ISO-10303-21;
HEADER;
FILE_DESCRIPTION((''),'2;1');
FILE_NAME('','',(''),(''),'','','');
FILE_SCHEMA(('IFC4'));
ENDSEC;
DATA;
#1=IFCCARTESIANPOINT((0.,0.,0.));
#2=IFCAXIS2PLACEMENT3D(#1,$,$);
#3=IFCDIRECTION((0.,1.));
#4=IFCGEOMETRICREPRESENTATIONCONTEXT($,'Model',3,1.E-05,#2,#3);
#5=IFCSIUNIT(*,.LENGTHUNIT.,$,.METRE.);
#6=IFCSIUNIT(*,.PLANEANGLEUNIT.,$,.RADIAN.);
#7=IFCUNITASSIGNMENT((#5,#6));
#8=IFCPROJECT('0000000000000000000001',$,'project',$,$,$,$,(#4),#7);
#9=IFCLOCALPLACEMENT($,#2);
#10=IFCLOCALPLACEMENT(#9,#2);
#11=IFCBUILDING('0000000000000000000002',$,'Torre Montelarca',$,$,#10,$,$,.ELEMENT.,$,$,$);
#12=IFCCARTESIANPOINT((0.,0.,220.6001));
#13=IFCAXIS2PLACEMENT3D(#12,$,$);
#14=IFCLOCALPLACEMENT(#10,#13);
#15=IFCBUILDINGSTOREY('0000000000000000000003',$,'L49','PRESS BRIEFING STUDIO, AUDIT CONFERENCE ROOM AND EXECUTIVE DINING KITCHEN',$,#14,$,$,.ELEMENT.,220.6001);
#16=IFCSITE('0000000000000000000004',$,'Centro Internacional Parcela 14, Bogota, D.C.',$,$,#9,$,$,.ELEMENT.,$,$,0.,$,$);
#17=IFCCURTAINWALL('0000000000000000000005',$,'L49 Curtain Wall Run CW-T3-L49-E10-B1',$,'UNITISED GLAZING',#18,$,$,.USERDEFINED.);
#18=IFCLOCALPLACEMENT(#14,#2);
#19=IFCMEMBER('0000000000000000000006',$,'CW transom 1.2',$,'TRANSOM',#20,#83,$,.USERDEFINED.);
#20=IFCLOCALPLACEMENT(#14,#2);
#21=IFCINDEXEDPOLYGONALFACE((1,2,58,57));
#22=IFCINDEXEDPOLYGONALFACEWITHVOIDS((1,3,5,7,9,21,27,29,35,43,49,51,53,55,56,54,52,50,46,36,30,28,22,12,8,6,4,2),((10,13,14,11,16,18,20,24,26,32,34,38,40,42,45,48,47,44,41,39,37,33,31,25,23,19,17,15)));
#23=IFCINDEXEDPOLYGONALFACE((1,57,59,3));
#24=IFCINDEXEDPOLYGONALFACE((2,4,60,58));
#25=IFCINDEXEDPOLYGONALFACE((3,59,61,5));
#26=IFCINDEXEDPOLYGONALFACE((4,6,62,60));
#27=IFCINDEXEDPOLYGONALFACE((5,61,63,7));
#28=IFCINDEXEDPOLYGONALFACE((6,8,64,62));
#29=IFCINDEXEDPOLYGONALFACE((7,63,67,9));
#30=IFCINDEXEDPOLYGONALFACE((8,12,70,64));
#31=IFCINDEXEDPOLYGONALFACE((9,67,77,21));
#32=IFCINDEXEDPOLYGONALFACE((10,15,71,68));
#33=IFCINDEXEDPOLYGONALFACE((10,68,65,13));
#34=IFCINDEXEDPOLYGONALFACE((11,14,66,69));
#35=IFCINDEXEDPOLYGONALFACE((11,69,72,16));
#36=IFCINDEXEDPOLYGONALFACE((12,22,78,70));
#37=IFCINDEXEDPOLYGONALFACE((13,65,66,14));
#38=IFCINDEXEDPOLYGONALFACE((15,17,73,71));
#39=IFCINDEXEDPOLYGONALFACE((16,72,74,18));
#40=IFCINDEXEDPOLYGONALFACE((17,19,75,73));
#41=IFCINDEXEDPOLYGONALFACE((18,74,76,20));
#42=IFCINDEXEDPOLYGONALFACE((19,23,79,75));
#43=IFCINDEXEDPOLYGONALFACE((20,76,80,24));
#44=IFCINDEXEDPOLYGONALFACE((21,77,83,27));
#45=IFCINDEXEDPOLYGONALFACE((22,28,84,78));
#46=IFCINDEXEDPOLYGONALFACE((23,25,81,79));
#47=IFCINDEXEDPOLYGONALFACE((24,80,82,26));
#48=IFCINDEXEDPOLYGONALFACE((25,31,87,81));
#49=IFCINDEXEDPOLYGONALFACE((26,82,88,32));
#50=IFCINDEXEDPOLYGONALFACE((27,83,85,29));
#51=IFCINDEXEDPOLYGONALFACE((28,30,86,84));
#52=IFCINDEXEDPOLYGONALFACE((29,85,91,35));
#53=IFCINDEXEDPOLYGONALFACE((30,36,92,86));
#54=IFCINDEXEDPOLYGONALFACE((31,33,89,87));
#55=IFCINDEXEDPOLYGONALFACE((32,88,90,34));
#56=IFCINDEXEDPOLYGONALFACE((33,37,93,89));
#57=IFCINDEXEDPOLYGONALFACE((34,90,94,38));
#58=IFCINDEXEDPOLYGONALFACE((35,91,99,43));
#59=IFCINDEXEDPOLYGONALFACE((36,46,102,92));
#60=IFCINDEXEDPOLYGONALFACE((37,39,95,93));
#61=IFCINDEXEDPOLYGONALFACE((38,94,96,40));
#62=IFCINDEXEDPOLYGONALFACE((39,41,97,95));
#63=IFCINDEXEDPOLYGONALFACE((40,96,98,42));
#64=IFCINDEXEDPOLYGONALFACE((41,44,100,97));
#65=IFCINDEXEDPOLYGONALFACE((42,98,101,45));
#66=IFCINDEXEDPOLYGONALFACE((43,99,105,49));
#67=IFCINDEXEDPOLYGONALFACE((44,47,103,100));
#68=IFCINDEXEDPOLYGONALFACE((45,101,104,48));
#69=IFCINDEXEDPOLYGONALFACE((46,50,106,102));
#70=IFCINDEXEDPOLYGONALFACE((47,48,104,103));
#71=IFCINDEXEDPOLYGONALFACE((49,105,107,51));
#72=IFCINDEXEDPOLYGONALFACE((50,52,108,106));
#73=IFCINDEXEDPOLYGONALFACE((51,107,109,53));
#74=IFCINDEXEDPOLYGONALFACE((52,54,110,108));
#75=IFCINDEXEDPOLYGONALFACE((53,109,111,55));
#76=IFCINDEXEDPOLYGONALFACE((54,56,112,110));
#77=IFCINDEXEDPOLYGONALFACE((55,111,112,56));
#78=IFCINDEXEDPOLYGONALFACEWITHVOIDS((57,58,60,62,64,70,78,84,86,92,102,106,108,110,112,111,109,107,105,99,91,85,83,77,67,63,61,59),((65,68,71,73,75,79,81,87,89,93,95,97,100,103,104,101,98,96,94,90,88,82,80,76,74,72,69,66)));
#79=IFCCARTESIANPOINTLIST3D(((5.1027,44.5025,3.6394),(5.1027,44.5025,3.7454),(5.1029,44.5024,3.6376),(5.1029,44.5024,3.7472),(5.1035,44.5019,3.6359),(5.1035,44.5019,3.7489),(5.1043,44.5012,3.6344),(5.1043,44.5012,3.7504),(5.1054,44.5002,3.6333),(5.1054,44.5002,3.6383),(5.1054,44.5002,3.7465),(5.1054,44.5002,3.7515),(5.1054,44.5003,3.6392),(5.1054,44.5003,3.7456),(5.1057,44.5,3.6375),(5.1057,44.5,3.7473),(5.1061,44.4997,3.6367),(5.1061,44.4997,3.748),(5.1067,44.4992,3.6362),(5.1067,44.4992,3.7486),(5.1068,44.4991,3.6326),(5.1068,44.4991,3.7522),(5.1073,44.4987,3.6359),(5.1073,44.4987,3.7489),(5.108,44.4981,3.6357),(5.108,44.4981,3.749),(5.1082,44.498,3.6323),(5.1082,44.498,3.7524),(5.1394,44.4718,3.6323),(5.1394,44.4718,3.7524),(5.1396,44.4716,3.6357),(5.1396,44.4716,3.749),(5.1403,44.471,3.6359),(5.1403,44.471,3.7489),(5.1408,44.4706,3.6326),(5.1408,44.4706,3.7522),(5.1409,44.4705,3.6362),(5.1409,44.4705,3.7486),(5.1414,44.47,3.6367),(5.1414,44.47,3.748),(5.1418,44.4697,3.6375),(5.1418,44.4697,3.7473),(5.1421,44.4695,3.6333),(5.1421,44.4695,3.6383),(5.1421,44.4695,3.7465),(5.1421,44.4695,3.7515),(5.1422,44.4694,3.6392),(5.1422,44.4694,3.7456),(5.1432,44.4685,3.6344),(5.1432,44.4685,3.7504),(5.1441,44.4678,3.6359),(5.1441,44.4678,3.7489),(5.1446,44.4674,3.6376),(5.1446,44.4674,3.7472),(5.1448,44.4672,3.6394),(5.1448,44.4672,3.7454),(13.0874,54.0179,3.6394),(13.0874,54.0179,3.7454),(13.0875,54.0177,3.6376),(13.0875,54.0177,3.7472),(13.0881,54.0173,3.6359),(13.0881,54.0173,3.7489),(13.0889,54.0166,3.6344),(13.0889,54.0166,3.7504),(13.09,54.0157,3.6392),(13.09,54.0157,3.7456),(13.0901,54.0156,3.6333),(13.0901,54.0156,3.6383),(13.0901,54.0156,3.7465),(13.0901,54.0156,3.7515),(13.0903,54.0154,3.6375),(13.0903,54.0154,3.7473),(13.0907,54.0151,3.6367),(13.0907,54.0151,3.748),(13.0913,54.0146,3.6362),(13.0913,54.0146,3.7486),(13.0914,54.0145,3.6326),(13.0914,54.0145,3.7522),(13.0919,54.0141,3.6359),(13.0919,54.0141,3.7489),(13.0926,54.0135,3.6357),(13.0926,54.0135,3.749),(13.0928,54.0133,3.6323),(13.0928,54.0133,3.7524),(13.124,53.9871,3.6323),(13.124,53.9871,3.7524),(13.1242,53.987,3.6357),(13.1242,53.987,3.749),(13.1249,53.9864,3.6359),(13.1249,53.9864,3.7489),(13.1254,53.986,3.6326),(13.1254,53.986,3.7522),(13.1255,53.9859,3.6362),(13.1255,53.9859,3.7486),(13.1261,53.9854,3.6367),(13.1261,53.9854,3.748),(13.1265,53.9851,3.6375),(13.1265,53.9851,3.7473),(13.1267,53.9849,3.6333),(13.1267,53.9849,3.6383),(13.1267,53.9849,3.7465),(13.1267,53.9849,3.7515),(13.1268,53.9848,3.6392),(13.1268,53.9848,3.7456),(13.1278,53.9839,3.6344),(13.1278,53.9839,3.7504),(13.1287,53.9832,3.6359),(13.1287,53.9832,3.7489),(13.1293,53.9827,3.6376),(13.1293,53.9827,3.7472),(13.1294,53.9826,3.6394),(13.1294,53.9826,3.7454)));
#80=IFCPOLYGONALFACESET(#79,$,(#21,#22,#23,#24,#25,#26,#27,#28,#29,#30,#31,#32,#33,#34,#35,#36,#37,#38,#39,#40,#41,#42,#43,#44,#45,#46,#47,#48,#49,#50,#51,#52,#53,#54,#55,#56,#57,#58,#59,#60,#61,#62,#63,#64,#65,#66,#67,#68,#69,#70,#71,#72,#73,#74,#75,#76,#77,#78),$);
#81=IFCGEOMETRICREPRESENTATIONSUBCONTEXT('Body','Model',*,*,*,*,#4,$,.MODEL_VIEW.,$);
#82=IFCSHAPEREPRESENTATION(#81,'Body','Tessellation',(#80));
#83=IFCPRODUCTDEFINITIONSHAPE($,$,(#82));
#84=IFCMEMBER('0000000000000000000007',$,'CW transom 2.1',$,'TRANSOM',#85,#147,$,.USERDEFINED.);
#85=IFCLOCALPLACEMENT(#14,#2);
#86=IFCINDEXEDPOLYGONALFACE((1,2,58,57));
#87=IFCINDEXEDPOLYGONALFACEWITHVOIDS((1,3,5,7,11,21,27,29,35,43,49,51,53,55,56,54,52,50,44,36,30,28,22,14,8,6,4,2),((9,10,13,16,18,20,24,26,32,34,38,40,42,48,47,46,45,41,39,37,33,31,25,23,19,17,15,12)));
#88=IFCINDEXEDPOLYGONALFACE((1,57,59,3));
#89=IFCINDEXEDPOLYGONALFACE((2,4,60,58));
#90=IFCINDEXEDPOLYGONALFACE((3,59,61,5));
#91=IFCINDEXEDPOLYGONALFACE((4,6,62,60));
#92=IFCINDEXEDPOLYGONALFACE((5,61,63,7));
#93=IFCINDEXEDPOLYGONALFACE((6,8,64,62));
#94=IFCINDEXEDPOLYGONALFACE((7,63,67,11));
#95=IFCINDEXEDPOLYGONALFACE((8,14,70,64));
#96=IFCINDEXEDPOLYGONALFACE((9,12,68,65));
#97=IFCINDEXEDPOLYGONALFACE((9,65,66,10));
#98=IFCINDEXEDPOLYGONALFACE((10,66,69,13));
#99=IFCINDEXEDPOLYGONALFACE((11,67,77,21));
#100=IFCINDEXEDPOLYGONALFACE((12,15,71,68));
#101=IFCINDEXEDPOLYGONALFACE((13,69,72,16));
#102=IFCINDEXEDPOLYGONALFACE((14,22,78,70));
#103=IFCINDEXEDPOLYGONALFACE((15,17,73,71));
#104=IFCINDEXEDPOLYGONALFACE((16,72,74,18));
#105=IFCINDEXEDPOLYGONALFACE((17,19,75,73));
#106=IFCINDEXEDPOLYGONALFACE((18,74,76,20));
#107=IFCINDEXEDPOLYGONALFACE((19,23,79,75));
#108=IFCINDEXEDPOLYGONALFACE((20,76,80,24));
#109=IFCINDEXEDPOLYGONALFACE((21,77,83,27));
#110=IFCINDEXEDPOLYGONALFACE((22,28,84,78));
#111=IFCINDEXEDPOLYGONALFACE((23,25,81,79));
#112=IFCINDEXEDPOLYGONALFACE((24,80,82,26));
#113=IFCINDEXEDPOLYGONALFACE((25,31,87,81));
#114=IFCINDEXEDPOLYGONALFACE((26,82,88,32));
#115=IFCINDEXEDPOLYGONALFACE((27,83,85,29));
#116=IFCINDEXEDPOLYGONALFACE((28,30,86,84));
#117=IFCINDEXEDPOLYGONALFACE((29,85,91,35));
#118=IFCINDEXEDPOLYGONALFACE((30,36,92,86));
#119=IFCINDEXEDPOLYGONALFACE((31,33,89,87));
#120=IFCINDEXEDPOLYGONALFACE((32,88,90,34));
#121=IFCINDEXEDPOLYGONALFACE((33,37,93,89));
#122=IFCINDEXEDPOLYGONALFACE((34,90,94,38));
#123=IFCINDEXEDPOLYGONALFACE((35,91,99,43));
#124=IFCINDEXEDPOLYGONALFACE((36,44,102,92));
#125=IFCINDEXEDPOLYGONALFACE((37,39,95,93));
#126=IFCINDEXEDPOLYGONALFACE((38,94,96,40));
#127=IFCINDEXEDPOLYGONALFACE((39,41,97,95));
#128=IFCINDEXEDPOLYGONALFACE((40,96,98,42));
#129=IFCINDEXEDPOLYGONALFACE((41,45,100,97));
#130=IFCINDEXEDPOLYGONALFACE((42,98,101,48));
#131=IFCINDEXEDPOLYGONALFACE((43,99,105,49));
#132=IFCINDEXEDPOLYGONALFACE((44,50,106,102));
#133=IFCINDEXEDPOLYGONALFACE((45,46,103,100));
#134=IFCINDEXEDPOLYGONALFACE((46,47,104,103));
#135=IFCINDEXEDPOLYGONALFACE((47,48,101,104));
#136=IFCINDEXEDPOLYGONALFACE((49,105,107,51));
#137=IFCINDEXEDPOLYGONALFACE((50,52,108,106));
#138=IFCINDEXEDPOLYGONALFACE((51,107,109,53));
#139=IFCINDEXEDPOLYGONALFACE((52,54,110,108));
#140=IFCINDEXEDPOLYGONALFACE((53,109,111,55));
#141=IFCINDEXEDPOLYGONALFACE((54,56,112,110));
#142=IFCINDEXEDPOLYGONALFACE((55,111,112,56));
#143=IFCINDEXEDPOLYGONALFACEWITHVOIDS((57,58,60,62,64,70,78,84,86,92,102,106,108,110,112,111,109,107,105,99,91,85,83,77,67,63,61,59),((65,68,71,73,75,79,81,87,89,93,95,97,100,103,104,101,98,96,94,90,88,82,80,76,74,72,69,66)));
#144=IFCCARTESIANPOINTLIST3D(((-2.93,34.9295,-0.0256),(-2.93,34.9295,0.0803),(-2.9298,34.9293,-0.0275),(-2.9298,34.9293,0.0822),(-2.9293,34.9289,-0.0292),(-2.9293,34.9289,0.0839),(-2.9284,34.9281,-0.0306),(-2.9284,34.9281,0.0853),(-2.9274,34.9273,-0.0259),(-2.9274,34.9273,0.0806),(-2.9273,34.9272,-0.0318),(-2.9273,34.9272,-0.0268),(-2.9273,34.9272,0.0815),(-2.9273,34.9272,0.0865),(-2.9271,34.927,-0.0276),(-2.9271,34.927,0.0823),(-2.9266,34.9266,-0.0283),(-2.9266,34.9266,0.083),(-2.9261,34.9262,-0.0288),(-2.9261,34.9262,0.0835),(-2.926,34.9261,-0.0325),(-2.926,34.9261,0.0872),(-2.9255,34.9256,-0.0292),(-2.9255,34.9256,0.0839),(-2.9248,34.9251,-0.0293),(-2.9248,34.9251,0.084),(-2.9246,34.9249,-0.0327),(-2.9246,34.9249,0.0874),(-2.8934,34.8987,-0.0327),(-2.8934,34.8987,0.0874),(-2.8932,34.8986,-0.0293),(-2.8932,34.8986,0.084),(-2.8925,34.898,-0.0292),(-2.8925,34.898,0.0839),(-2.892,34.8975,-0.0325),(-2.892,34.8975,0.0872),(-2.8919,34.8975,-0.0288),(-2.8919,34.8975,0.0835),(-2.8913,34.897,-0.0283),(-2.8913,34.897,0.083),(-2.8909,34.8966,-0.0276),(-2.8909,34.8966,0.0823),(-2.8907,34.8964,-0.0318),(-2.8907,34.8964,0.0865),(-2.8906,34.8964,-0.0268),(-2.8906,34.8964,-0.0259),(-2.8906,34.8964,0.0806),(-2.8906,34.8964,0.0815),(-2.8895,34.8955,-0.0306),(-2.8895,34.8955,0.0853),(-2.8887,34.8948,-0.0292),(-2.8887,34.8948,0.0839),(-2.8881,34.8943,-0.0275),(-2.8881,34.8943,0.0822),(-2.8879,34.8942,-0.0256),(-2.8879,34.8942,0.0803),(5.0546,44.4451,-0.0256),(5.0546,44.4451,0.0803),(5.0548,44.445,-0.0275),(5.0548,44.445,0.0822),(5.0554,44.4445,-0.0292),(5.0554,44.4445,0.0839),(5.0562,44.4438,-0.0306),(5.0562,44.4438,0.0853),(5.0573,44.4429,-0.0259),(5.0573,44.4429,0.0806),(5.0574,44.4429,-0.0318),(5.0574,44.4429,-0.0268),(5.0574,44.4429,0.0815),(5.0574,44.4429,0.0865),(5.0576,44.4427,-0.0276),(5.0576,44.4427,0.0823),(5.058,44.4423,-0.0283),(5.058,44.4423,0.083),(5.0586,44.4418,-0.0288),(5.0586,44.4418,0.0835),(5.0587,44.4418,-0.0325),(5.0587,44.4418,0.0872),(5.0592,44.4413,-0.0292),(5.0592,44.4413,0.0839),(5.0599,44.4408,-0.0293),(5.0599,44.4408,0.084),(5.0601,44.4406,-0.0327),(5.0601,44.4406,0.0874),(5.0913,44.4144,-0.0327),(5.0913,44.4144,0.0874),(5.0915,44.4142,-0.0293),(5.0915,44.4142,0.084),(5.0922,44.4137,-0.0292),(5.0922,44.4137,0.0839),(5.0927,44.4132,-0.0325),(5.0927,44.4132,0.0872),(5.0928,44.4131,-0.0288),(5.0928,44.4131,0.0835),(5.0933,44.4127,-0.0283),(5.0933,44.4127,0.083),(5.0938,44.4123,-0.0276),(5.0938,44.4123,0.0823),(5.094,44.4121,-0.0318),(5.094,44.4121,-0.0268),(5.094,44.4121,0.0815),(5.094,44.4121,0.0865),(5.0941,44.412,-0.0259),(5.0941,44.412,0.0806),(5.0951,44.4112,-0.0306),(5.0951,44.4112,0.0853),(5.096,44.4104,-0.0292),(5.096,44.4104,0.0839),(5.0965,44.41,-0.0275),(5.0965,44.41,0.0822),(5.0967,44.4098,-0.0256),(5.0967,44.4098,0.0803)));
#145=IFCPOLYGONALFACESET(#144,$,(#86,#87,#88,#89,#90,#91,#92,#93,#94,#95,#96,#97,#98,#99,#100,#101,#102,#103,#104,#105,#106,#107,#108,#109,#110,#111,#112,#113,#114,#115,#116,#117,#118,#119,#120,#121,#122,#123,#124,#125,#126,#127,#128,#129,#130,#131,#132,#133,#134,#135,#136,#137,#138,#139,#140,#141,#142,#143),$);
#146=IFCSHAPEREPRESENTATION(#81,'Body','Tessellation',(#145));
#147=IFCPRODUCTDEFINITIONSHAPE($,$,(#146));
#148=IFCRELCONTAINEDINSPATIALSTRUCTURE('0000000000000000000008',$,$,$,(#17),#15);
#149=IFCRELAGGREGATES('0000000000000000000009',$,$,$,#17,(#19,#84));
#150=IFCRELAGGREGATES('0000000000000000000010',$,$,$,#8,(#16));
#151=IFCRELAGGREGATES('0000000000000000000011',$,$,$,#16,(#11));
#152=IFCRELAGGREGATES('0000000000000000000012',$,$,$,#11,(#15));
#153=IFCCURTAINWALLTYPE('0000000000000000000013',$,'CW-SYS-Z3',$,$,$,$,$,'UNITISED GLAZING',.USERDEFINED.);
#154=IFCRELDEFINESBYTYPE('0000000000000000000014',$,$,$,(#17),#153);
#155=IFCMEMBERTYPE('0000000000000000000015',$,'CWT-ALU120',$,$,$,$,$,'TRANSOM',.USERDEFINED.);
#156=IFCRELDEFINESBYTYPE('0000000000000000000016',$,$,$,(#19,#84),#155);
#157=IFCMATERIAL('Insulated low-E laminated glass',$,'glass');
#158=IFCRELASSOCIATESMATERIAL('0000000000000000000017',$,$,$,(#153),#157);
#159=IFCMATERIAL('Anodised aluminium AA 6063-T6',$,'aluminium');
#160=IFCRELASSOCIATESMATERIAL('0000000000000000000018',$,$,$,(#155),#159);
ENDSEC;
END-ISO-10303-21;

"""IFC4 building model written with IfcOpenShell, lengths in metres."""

from ifc_helpers import new_model, si_unit, direction, frame, origin, origin_2d, place, context, subcontext, project, spatial, hollow_rectangle, extrude, source, transform, mapped, material, material_profile, profile_set, type_object, element, aggregate, save


model = new_model("IFC4")

# Units and contexts
model_context = context("Model", 3, precision=1e-05, world=origin(), true_north=direction((0.0, 1.0)))
body_context = subcontext(model_context, "Body", "Model", "MODEL_VIEW")
ifc_project = project(units=[si_unit("LENGTHUNIT", "METRE"), si_unit("PLANEANGLEUNIT", "RADIAN")], contexts=[model_context])

# Site, building, storey
site_placement = place(None, origin())
site = spatial("IfcSite", under=ifc_project, at=site_placement, Name="Centro Internacional Parcela 14, Bogota, D.C.", CompositionType="ELEMENT", RefElevation=0.0)
building_placement = place(site_placement, origin())
building = spatial("IfcBuilding", under=site, at=building_placement, Name="Torre Montelarca", CompositionType="ELEMENT")
storey_placement = place(building_placement, frame((0.0, 0.0, 220.6001)))
storey = spatial("IfcBuildingStorey", under=building, at=storey_placement, Name="L49", Description="PRESS BRIEFING STUDIO, AUDIT CONFERENCE ROOM AND EXECUTIVE DINING KITCHEN", CompositionType="ELEMENT", Elevation=220.6001)

# Curtain wall, members
ifc_material_1 = material(Name="Insulated low-E laminated glass", Category="glass")
curtain_wall_type = type_object("IfcCurtainWallType", Name="CW-SYS-Z3", ElementType="UNITISED GLAZING", PredefinedType="USERDEFINED", material=ifc_material_1)
ifc_material_2 = material(Name="Anodised aluminium AA 6063-T6", Category="aluminium")
ifc_material_profile_1 = material_profile(ifc_material_2, hollow_rectangle(XDim=0.0549, YDim=0.1201, WallThickness=0.0034, InnerFilletRadius=0.0034, OuterFilletRadius=0.0071, at=origin_2d()), Name="ALU55X120X3.5", Category="aluminium")
ifc_profile_set_1 = profile_set([ifc_material_profile_1], Name="Anodised aluminium AA 6063-T6")
member_type_1 = type_object("IfcMemberType", Name="CWT-ALU120", ElementType="TRANSOM", PredefinedType="USERDEFINED", material=ifc_profile_set_1)
curtain_wall_1_placement = place(storey_placement, origin())
curtain_wall_1 = element("IfcCurtainWall", 1, at=curtain_wall_1_placement, inside=storey, type_object=curtain_wall_type, Name="L49 Curtain Wall Run CW-T3-L49-E10-B1", ObjectType="UNITISED GLAZING", PredefinedType="USERDEFINED")
shared_shape_1 = source(origin(), body_context, "Body", "SweptSolid", [
    extrude(hollow_rectangle(XDim=0.0549, YDim=0.1201, WallThickness=0.0034, InnerFilletRadius=0.0034, OuterFilletRadius=0.0071, at=origin_2d()), origin(), (0.0, 0.0, 1.0), 12.4216),
])
member_1_placement = place(storey_placement, frame((13.1084, 54.0002, 3.6924), z_axis=(-0.6428, -0.766034, 0.0), x_axis=(0.766034, -0.6428, 0.0)))
member_1 = element("IfcMember", 2, at=member_1_placement, type_object=member_type_1, Name="CW transom 1.2", ObjectType="TRANSOM", PredefinedType="USERDEFINED", context=body_context, shape_type="MappedRepresentation", body=[
    mapped(shared_shape_1, transform((0.0, 0.0, 0.0), scale=1.0)),
])
shared_shape_2 = source(origin(), body_context, "Body", "SweptSolid", [
    extrude(hollow_rectangle(XDim=0.0549, YDim=0.1201, WallThickness=0.0034, InnerFilletRadius=0.0034, OuterFilletRadius=0.0071, at=origin_2d()), origin(), (0.0, 0.0, 1.0), 12.4219),
])
member_2_placement = place(storey_placement, frame((5.0757, 44.4275, 0.0273), z_axis=(-0.642791, -0.766042, 0.0), x_axis=(0.766042, -0.642791, 0.0)))
member_2 = element("IfcMember", 3, at=member_2_placement, type_object=member_type_1, Name="CW transom 2.1", ObjectType="TRANSOM", PredefinedType="USERDEFINED", context=body_context, shape_type="MappedRepresentation", body=[
    mapped(shared_shape_2, transform((0.0, 0.0, 0.0), scale=1.0)),
])

aggregate(curtain_wall_1, [member_1, member_2])

save(model, "model.ifc")
